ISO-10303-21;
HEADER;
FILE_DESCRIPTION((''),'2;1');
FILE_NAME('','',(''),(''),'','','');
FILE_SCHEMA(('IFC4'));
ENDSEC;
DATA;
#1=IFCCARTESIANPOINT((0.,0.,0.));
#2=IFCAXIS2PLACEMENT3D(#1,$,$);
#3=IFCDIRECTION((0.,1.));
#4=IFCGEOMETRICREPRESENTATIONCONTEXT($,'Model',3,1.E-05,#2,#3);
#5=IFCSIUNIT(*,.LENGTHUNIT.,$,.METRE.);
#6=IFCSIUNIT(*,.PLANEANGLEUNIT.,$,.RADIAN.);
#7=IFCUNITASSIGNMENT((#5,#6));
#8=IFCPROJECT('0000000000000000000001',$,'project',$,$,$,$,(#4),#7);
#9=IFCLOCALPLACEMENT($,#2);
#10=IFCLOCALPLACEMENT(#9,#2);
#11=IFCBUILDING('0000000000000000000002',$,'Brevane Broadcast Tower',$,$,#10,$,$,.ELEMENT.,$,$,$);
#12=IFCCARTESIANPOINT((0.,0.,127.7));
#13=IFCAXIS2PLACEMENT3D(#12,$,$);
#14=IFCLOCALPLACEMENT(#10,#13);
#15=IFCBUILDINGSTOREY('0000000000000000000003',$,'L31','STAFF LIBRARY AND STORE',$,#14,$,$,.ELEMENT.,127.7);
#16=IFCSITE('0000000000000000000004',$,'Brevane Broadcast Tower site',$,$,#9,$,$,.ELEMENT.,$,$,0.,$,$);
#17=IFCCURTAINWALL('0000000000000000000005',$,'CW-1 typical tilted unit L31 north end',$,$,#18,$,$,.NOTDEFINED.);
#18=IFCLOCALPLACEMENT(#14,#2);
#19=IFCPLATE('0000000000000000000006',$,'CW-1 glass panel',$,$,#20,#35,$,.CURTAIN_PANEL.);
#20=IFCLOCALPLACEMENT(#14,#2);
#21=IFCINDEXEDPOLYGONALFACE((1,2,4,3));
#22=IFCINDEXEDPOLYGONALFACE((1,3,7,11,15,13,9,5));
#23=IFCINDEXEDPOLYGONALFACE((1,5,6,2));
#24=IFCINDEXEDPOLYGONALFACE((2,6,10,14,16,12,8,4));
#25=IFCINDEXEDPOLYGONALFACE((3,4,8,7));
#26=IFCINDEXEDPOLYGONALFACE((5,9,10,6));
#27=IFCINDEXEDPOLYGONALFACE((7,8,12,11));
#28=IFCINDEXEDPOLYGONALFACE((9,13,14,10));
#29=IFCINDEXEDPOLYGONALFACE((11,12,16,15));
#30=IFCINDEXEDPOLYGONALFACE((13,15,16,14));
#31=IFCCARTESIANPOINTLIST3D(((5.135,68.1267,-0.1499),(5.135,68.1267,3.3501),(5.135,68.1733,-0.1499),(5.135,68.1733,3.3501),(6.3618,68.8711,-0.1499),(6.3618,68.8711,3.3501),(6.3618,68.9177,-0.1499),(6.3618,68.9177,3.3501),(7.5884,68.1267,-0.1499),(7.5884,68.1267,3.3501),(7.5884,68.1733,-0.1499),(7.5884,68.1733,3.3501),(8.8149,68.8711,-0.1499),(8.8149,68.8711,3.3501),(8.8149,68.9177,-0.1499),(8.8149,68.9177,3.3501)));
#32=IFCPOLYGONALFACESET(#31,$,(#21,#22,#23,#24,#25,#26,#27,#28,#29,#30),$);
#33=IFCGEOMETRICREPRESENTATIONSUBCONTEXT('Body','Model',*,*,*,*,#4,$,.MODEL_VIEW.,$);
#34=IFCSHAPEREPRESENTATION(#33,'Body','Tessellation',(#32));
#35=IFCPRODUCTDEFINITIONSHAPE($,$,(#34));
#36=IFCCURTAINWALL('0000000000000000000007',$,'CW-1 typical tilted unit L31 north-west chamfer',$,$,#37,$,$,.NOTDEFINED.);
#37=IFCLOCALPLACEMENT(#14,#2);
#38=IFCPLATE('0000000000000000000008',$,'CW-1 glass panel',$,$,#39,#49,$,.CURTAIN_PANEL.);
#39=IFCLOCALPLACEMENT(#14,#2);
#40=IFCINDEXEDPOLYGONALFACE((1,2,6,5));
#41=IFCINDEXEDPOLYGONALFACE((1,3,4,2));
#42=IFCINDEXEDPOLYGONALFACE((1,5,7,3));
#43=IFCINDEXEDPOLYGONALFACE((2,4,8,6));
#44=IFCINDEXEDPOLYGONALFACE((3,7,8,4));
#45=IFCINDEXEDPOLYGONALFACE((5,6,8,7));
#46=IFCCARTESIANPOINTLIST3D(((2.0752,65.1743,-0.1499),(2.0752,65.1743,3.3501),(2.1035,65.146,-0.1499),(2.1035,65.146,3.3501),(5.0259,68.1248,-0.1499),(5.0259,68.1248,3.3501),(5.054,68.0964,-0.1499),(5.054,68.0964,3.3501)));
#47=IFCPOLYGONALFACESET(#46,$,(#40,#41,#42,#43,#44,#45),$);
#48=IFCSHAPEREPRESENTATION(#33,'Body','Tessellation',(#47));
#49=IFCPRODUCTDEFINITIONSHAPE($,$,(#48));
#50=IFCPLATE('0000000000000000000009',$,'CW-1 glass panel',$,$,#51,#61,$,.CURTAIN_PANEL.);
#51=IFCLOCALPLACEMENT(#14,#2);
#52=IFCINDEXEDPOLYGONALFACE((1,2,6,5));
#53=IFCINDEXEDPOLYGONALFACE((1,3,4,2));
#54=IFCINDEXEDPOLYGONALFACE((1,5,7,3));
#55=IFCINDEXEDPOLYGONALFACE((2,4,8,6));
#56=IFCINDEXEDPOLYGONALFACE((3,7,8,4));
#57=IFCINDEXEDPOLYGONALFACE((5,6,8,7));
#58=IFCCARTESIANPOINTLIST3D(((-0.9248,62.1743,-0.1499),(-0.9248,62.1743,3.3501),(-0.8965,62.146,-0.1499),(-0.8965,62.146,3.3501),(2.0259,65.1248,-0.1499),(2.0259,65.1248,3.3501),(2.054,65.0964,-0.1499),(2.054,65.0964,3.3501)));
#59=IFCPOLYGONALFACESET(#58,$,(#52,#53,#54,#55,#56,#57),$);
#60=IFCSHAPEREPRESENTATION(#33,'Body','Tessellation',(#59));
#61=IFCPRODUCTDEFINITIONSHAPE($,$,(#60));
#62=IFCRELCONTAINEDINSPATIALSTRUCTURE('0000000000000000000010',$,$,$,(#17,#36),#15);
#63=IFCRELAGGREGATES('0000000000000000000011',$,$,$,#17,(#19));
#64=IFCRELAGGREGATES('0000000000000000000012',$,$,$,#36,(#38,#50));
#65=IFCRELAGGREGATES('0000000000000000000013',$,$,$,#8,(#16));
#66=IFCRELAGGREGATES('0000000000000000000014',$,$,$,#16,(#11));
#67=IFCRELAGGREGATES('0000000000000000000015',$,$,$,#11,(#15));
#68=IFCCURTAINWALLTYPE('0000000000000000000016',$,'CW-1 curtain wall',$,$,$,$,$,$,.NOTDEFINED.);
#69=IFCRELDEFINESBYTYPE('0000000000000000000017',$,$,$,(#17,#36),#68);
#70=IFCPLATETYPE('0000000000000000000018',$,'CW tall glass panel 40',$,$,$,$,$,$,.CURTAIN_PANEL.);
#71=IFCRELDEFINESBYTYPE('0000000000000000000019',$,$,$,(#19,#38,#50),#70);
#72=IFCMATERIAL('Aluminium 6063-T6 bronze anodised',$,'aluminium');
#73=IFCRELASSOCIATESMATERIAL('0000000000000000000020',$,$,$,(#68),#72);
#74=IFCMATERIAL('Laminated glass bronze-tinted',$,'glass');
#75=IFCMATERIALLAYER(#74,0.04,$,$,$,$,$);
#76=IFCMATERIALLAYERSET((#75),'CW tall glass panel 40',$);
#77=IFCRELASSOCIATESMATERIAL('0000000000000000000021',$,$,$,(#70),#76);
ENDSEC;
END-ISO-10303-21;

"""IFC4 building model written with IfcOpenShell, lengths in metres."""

from ifc_helpers import new_model, si_unit, direction, frame, origin, place, context, subcontext, project, spatial, polyline, outline, extrude, material, layer, layer_set, type_object, element, aggregate, save


model = new_model("IFC4")

# Units and contexts
model_context = context("Model", 3, precision=1e-05, world=origin(), true_north=direction((0.0, 1.0)))
body_context = subcontext(model_context, "Body", "Model", "MODEL_VIEW")
ifc_project = project(units=[si_unit("LENGTHUNIT", "METRE"), si_unit("PLANEANGLEUNIT", "RADIAN")], contexts=[model_context])

# Site, building, storey
site_placement = place(None, origin())
site = spatial("IfcSite", under=ifc_project, at=site_placement, Name="Brevane Broadcast Tower site", CompositionType="ELEMENT", RefElevation=0.0)
building_placement = place(site_placement, origin())
building = spatial("IfcBuilding", under=site, at=building_placement, Name="Brevane Broadcast Tower", CompositionType="ELEMENT")
storey_placement = place(building_placement, frame((0.0, 0.0, 127.7)))
storey = spatial("IfcBuildingStorey", under=building, at=storey_placement, Name="L31", Description="STAFF LIBRARY AND STORE", CompositionType="ELEMENT", Elevation=127.7)

# Shared definitions
ifc_material_1 = material(Name="Aluminium 6063-T6 bronze anodised", Category="aluminium")
curtain_wall_type = type_object("IfcCurtainWallType", Name="CW-1 curtain wall", PredefinedType="NOTDEFINED", material=ifc_material_1)

# Curtain walls, plates
ifc_material_2 = material(Name="Laminated glass bronze-tinted", Category="glass")
ifc_layer = layer(ifc_material_2, 0.04)
ifc_layer_set = layer_set([ifc_layer], Name="CW tall glass panel 40")
plate_type = type_object("IfcPlateType", Name="CW tall glass panel 40", PredefinedType="CURTAIN_PANEL", material=ifc_layer_set)
curtain_wall_1_placement = place(storey_placement, origin())
curtain_wall_1 = element("IfcCurtainWall", 1, at=curtain_wall_1_placement, inside=storey, type_object=curtain_wall_type, Name="CW-1 typical tilted unit L31 north end", PredefinedType="NOTDEFINED")
plate_1_placement = place(storey_placement, frame((0.0, 0.0, -0.1499)))
plate_1 = element("IfcPlate", 2, at=plate_1_placement, type_object=plate_type, Name="CW-1 glass panel", PredefinedType="CURTAIN_PANEL", context=body_context, shape_type="SweptSolid", body=[
    extrude(outline(polyline([(8.8149, 68.8711), (8.8149, 68.9177), (7.5884, 68.1733), (6.3618, 68.9177), (5.135, 68.1733), (5.135, 68.1267), (6.3618, 68.8711), (7.5884, 68.1267), (8.8149, 68.8711)])), origin(), (0.0, 0.0, 1.0), 3.5),
])
aggregate(curtain_wall_1, [plate_1])
curtain_wall_2_placement = place(storey_placement, origin())
curtain_wall_2 = element("IfcCurtainWall", 3, at=curtain_wall_2_placement, inside=storey, type_object=curtain_wall_type, Name="CW-1 typical tilted unit L31 north-west chamfer", PredefinedType="NOTDEFINED")
plate_2_placement = place(storey_placement, frame((0.0, 0.0, -0.1499)))
plate_2 = element("IfcPlate", 4, at=plate_2_placement, type_object=plate_type, Name="CW-1 glass panel", PredefinedType="CURTAIN_PANEL", context=body_context, shape_type="SweptSolid", body=[
    extrude(outline(polyline([(5.054, 68.0964), (2.1035, 65.146), (2.0752, 65.1743), (5.0259, 68.1248), (5.054, 68.0964)])), origin(), (0.0, 0.0, 1.0), 3.5),
])
plate_3_placement = place(storey_placement, frame((0.0, 0.0, -0.1499)))
plate_3 = element("IfcPlate", 5, at=plate_3_placement, type_object=plate_type, Name="CW-1 glass panel", PredefinedType="CURTAIN_PANEL", context=body_context, shape_type="SweptSolid", body=[
    extrude(outline(polyline([(2.054, 65.0964), (-0.8965, 62.146), (-0.9248, 62.1743), (2.0259, 65.1248), (2.054, 65.0964)])), origin(), (0.0, 0.0, 1.0), 3.5),
])
aggregate(curtain_wall_2, [plate_2, plate_3])

save(model, "model.ifc")
